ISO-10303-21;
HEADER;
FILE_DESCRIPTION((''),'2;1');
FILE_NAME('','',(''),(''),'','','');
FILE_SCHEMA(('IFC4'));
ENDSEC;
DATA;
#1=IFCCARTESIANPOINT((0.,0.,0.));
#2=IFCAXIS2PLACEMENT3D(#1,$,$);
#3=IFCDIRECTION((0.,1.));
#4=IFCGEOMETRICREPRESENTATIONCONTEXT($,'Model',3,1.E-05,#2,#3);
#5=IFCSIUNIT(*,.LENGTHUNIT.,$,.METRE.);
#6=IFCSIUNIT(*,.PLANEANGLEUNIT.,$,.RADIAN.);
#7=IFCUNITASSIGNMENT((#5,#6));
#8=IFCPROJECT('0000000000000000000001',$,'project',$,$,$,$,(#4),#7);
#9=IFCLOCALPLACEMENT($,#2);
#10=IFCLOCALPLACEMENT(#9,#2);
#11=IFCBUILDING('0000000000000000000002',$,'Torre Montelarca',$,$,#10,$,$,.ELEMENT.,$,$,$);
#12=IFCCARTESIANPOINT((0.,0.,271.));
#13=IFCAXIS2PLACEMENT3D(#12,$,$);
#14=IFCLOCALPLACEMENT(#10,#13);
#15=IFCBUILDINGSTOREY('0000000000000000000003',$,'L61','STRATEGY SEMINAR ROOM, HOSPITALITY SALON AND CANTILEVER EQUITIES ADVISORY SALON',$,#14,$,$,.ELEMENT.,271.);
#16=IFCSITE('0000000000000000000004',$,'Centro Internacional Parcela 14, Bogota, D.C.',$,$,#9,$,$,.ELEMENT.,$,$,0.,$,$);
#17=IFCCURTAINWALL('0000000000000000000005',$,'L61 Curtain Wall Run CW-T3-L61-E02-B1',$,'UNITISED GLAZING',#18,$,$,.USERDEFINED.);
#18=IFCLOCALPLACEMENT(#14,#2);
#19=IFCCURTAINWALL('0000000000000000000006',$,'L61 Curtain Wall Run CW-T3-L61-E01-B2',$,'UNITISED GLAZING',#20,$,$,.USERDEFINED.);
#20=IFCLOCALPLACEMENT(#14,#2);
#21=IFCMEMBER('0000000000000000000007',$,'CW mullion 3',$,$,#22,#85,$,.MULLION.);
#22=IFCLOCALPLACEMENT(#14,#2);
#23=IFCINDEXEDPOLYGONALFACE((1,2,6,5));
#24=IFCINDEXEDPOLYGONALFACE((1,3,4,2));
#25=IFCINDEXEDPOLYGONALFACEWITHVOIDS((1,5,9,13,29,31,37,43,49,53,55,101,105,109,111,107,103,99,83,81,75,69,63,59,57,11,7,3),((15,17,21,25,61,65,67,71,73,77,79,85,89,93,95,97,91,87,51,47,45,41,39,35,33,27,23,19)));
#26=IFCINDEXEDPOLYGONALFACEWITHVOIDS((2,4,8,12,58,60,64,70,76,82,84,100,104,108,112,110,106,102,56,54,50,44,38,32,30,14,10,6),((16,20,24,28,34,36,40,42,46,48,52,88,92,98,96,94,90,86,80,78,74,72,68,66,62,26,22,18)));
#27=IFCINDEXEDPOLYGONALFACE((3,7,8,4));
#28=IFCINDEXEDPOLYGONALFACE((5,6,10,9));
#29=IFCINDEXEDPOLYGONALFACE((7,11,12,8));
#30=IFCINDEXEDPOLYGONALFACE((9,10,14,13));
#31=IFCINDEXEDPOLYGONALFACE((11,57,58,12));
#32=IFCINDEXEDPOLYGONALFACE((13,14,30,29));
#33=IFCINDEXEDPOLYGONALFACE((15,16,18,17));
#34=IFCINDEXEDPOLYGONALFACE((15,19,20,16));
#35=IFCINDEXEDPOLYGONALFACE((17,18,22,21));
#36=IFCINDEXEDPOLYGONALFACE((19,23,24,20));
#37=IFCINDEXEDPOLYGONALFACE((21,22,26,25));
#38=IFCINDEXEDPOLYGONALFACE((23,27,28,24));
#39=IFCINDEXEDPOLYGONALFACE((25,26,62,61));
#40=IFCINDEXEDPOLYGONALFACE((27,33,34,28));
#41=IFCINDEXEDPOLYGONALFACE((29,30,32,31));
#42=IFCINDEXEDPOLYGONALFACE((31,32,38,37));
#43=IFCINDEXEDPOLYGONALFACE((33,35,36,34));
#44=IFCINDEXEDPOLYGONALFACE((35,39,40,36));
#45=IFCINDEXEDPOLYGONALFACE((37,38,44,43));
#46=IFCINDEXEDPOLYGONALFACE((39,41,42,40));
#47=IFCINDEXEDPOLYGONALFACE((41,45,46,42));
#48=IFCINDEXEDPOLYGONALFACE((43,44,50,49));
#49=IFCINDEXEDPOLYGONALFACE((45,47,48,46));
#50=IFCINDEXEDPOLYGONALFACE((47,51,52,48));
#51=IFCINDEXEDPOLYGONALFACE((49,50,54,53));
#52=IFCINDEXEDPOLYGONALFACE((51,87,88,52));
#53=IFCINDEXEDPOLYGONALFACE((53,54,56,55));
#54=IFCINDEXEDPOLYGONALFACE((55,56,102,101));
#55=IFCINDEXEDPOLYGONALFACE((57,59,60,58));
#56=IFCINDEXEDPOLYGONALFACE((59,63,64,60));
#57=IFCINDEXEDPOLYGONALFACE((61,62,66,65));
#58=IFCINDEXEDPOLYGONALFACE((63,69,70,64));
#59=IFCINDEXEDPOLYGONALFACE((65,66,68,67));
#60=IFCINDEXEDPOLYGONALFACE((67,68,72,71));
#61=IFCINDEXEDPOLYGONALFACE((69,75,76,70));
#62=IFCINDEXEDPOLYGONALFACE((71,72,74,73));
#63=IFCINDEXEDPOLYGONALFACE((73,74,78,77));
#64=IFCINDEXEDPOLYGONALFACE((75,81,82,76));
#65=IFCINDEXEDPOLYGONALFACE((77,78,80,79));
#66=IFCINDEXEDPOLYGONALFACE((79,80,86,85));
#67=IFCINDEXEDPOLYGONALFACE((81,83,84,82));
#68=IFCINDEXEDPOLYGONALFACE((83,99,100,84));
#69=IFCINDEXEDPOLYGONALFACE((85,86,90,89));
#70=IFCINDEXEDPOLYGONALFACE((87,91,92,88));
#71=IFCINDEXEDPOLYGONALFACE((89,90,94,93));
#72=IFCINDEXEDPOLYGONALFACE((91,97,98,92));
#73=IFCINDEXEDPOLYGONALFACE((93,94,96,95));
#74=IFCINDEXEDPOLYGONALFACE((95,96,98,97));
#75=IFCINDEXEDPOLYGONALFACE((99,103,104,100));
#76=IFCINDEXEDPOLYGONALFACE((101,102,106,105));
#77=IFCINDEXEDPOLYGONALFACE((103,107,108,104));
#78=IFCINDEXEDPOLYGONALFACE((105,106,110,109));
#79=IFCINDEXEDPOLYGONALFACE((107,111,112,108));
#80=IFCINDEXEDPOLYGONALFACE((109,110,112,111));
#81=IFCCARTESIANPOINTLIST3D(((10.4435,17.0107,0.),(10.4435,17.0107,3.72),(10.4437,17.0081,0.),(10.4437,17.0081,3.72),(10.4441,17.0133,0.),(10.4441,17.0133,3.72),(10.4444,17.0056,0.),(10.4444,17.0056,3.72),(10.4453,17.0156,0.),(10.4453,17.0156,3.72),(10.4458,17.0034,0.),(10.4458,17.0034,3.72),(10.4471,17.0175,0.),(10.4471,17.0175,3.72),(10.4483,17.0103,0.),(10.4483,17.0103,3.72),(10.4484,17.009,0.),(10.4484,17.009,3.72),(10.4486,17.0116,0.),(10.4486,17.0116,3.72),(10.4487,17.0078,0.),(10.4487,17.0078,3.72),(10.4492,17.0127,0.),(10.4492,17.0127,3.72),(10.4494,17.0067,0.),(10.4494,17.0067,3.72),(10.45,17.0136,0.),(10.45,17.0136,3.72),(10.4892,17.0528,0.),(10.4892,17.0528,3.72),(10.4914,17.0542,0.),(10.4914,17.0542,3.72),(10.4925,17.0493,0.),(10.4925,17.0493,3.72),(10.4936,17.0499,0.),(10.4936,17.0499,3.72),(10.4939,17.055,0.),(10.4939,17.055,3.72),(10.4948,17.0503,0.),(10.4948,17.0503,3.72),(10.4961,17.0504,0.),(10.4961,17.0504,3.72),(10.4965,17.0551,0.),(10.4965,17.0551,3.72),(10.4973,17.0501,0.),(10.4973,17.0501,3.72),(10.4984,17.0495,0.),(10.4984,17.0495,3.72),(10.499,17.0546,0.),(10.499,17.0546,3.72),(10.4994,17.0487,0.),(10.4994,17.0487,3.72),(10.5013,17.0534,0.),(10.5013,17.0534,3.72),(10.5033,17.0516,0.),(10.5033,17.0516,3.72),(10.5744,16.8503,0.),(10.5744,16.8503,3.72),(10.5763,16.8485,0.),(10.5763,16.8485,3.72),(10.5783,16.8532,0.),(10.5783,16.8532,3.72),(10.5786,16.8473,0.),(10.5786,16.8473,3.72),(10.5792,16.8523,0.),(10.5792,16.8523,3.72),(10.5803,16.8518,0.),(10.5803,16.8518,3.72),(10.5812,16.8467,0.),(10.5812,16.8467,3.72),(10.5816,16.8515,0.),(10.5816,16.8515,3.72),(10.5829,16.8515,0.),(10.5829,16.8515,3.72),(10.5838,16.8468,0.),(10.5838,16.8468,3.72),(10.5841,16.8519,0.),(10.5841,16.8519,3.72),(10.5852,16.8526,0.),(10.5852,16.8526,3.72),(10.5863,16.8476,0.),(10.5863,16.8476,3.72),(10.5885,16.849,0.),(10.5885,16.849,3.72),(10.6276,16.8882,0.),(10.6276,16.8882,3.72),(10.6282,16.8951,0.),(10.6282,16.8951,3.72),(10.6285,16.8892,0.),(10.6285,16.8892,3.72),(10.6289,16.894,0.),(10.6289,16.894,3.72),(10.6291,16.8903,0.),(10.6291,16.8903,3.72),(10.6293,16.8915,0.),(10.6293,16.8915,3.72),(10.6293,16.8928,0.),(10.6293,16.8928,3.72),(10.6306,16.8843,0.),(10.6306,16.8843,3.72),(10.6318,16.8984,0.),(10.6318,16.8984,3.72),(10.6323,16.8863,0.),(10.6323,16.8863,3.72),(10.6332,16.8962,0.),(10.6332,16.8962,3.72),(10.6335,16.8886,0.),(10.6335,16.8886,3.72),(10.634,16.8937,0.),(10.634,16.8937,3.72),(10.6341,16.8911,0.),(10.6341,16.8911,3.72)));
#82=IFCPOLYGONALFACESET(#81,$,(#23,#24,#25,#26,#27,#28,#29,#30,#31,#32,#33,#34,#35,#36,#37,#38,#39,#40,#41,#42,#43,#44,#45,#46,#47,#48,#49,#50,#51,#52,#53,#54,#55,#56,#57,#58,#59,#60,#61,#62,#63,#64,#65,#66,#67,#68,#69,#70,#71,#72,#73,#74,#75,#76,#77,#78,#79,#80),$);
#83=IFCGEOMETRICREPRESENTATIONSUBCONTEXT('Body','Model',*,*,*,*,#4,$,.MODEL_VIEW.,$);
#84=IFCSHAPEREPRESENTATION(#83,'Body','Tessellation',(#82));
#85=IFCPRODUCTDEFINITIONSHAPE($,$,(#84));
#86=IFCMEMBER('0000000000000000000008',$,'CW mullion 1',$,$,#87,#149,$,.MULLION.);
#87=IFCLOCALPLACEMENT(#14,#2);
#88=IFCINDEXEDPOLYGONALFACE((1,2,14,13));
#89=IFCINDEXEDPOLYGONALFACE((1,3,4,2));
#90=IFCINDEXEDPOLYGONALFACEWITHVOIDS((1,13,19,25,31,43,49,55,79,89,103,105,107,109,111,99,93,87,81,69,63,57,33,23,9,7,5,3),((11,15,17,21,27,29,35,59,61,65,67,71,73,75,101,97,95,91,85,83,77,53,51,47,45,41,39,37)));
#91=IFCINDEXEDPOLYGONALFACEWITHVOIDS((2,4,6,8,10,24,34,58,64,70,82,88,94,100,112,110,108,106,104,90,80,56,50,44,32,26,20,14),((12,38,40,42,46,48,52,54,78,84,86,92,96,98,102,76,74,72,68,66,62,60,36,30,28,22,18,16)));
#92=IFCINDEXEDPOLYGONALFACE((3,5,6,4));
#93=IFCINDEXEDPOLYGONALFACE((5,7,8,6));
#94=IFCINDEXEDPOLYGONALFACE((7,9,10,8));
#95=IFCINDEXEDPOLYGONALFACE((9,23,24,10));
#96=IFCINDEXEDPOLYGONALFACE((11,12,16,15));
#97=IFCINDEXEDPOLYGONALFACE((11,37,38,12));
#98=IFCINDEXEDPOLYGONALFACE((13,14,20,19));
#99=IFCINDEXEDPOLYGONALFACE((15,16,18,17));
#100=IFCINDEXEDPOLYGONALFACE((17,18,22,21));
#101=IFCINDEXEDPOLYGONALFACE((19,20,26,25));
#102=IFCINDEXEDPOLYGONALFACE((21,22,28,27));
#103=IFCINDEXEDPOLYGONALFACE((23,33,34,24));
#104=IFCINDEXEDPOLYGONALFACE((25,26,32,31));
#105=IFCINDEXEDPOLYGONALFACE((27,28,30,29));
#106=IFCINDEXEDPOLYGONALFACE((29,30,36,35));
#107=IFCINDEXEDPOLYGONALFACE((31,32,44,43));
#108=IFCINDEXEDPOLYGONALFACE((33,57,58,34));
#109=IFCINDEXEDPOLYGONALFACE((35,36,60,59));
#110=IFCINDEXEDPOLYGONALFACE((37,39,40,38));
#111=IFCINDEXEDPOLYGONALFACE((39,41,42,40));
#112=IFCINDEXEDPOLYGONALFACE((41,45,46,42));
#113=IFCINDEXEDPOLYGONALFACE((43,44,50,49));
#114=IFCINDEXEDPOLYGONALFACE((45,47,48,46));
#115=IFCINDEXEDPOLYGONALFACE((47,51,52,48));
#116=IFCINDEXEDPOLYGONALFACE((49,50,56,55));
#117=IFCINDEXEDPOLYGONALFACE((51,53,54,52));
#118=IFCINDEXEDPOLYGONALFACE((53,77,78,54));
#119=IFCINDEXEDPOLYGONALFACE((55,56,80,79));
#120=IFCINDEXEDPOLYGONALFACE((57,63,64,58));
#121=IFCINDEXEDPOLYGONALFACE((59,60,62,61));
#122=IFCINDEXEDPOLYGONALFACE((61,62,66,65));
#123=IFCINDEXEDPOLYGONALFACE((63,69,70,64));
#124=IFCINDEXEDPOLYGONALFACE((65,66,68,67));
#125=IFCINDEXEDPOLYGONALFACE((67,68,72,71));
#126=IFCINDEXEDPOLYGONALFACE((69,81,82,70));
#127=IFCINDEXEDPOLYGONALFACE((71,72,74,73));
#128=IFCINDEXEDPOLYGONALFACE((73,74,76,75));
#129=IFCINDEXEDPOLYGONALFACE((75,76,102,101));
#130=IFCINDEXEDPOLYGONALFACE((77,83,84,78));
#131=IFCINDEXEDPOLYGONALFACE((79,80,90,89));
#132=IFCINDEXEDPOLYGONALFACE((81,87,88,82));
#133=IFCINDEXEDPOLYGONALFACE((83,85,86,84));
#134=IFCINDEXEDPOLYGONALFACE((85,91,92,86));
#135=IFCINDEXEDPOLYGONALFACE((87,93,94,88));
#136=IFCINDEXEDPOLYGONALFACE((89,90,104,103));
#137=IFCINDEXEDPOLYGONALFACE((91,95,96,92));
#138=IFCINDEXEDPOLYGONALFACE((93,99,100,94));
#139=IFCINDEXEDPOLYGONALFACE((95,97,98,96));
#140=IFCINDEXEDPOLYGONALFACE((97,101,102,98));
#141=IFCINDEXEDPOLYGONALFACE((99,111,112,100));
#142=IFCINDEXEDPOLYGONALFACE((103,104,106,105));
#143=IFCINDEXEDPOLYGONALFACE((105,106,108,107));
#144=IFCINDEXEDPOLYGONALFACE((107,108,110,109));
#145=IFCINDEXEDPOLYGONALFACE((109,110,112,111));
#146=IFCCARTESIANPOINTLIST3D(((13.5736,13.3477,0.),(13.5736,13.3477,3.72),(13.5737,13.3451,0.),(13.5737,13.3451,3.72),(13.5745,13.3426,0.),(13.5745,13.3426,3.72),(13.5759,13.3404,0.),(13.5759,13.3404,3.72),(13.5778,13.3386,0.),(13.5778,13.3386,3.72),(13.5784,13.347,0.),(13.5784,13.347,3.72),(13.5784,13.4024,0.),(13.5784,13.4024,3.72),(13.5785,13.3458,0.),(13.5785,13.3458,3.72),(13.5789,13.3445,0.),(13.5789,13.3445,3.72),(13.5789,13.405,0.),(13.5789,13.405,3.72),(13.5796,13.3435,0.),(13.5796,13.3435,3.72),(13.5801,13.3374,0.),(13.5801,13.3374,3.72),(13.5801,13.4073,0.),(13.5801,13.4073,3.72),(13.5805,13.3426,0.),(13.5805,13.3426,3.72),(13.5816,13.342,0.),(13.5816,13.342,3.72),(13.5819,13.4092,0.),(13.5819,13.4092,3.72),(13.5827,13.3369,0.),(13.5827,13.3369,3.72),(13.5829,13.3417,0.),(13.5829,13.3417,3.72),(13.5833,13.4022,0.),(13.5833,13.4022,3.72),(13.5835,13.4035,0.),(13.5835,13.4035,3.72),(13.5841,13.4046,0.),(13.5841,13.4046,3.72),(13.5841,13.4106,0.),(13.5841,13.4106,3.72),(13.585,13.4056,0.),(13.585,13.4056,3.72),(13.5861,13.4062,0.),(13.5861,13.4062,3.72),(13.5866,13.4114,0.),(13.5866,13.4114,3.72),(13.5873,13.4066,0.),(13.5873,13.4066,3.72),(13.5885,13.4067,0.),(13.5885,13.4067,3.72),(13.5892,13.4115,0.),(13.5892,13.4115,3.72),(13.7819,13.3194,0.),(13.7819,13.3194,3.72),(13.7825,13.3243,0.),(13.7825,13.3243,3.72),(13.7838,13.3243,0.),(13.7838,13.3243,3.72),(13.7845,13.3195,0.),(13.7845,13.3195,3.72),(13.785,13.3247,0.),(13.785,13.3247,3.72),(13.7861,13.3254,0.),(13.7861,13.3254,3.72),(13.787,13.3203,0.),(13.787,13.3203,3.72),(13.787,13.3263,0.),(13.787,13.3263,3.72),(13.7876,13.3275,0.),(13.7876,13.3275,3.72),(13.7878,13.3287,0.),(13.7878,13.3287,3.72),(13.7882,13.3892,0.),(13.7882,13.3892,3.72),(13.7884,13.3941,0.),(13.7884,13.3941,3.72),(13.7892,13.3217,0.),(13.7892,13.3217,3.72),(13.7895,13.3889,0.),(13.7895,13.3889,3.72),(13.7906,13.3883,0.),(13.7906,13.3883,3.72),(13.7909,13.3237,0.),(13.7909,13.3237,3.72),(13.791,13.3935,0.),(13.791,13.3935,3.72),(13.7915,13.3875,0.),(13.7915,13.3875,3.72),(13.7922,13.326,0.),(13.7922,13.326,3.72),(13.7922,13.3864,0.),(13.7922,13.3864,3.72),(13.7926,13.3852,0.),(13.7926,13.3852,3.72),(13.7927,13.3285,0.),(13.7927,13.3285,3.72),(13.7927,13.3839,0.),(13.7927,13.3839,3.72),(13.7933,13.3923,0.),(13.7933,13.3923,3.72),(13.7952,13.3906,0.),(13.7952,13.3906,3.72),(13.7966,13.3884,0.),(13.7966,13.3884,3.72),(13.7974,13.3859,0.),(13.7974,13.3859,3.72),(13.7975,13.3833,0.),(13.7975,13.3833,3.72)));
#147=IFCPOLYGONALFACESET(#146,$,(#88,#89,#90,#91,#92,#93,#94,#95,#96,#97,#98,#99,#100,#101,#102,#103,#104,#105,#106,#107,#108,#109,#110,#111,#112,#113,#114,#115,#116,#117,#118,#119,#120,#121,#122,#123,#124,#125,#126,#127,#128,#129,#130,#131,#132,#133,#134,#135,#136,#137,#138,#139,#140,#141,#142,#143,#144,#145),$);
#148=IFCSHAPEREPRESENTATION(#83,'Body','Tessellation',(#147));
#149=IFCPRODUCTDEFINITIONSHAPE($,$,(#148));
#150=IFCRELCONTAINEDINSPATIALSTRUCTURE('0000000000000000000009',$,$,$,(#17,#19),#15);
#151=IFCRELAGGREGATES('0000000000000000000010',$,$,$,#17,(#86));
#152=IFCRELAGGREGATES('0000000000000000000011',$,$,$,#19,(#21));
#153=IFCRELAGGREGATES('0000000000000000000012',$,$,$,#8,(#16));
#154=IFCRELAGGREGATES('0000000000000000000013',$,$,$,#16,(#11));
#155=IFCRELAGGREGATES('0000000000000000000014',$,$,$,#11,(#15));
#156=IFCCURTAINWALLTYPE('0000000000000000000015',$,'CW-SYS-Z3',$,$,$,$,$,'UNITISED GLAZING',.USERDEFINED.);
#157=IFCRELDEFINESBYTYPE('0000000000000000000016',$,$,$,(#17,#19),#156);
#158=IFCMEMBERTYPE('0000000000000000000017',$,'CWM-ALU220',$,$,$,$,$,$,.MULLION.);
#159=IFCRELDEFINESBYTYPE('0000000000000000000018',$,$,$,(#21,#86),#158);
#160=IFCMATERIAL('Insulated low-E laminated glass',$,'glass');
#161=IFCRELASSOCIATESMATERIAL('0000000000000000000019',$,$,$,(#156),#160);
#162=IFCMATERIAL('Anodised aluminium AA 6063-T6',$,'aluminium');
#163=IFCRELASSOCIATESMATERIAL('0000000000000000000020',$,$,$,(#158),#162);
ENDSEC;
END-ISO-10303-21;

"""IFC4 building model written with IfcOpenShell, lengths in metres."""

from ifc_helpers import new_model, si_unit, direction, frame, origin, origin_2d, place, context, subcontext, project, spatial, hollow_rectangle, extrude, source, transform, mapped, material, material_profile, profile_set, type_object, element, aggregate, save


model = new_model("IFC4")

# Units and contexts
model_context = context("Model", 3, precision=1e-05, world=origin(), true_north=direction((0.0, 1.0)))
body_context = subcontext(model_context, "Body", "Model", "MODEL_VIEW")
ifc_project = project(units=[si_unit("LENGTHUNIT", "METRE"), si_unit("PLANEANGLEUNIT", "RADIAN")], contexts=[model_context])

# Site, building, storey
site_placement = place(None, origin())
site = spatial("IfcSite", under=ifc_project, at=site_placement, Name="Centro Internacional Parcela 14, Bogota, D.C.", CompositionType="ELEMENT", RefElevation=0.0)
building_placement = place(site_placement, origin())
building = spatial("IfcBuilding", under=site, at=building_placement, Name="Torre Montelarca", CompositionType="ELEMENT")
storey_placement = place(building_placement, frame((0.0, 0.0, 271.0)))
storey = spatial("IfcBuildingStorey", under=building, at=storey_placement, Name="L61", Description="STRATEGY SEMINAR ROOM, HOSPITALITY SALON AND CANTILEVER EQUITIES ADVISORY SALON", CompositionType="ELEMENT", Elevation=271.0)

# Curtain wall
ifc_material_1 = material(Name="Insulated low-E laminated glass", Category="glass")
curtain_wall_type = type_object("IfcCurtainWallType", Name="CW-SYS-Z3", ElementType="UNITISED GLAZING", PredefinedType="USERDEFINED", material=ifc_material_1)
curtain_wall_1_placement = place(storey_placement, origin())
curtain_wall_1 = element("IfcCurtainWall", 1, at=curtain_wall_1_placement, inside=storey, type_object=curtain_wall_type, Name="L61 Curtain Wall Run CW-T3-L61-E02-B1", ObjectType="UNITISED GLAZING", PredefinedType="USERDEFINED")
ifc_material_2 = material(Name="Anodised aluminium AA 6063-T6", Category="aluminium")

# Curtain wall, member
curtain_wall_2_placement = place(storey_placement, origin())
curtain_wall_2 = element("IfcCurtainWall", 2, at=curtain_wall_2_placement, inside=storey, type_object=curtain_wall_type, Name="L61 Curtain Wall Run CW-T3-L61-E01-B2", ObjectType="UNITISED GLAZING", PredefinedType="USERDEFINED")
ifc_material_profile_1 = material_profile(ifc_material_2, hollow_rectangle(XDim=0.075, YDim=0.22, WallThickness=0.0049, InnerFilletRadius=0.0049, OuterFilletRadius=0.01, at=origin_2d()), Name="ALU75X220X5", Category="aluminium")
ifc_profile_set_1 = profile_set([ifc_material_profile_1], Name="Anodised aluminium AA 6063-T6")
member_type_1 = type_object("IfcMemberType", Name="CWM-ALU220", PredefinedType="MULLION", material=ifc_profile_set_1)
shared_shape_1 = source(origin(), body_context, "Body", "SweptSolid", [
    extrude(hollow_rectangle(XDim=0.075, YDim=0.22, WallThickness=0.0049, InnerFilletRadius=0.0049, OuterFilletRadius=0.01, at=origin_2d()), origin(), (0.0, 0.0, 1.0), 3.72),
])
member_1_placement = place(storey_placement, frame((10.5388, 16.9509, 0.0), z_axis=(0.0, 0.0, 1.0), x_axis=(0.766039, 0.642794, 0.0)))
member_1 = element("IfcMember", 3, at=member_1_placement, type_object=member_type_1, Name="CW mullion 3", PredefinedType="MULLION", context=body_context, shape_type="MappedRepresentation", body=[
    mapped(shared_shape_1, transform((0.0, 0.0, 0.0), scale=1.0)),
])

# Member
member_2_placement = place(storey_placement, frame((13.6855, 13.3655, 0.0), z_axis=(0.0, 0.0, 1.0), x_axis=(0.087174, 0.996193, 0.0)))
member_2 = element("IfcMember", 4, at=member_2_placement, type_object=member_type_1, Name="CW mullion 1", PredefinedType="MULLION", context=body_context, shape_type="MappedRepresentation", body=[
    mapped(shared_shape_1, transform((0.0, 0.0, 0.0), scale=1.0)),
])

aggregate(curtain_wall_1, [member_2])
aggregate(curtain_wall_2, [member_1])

save(model, "model.ifc")
